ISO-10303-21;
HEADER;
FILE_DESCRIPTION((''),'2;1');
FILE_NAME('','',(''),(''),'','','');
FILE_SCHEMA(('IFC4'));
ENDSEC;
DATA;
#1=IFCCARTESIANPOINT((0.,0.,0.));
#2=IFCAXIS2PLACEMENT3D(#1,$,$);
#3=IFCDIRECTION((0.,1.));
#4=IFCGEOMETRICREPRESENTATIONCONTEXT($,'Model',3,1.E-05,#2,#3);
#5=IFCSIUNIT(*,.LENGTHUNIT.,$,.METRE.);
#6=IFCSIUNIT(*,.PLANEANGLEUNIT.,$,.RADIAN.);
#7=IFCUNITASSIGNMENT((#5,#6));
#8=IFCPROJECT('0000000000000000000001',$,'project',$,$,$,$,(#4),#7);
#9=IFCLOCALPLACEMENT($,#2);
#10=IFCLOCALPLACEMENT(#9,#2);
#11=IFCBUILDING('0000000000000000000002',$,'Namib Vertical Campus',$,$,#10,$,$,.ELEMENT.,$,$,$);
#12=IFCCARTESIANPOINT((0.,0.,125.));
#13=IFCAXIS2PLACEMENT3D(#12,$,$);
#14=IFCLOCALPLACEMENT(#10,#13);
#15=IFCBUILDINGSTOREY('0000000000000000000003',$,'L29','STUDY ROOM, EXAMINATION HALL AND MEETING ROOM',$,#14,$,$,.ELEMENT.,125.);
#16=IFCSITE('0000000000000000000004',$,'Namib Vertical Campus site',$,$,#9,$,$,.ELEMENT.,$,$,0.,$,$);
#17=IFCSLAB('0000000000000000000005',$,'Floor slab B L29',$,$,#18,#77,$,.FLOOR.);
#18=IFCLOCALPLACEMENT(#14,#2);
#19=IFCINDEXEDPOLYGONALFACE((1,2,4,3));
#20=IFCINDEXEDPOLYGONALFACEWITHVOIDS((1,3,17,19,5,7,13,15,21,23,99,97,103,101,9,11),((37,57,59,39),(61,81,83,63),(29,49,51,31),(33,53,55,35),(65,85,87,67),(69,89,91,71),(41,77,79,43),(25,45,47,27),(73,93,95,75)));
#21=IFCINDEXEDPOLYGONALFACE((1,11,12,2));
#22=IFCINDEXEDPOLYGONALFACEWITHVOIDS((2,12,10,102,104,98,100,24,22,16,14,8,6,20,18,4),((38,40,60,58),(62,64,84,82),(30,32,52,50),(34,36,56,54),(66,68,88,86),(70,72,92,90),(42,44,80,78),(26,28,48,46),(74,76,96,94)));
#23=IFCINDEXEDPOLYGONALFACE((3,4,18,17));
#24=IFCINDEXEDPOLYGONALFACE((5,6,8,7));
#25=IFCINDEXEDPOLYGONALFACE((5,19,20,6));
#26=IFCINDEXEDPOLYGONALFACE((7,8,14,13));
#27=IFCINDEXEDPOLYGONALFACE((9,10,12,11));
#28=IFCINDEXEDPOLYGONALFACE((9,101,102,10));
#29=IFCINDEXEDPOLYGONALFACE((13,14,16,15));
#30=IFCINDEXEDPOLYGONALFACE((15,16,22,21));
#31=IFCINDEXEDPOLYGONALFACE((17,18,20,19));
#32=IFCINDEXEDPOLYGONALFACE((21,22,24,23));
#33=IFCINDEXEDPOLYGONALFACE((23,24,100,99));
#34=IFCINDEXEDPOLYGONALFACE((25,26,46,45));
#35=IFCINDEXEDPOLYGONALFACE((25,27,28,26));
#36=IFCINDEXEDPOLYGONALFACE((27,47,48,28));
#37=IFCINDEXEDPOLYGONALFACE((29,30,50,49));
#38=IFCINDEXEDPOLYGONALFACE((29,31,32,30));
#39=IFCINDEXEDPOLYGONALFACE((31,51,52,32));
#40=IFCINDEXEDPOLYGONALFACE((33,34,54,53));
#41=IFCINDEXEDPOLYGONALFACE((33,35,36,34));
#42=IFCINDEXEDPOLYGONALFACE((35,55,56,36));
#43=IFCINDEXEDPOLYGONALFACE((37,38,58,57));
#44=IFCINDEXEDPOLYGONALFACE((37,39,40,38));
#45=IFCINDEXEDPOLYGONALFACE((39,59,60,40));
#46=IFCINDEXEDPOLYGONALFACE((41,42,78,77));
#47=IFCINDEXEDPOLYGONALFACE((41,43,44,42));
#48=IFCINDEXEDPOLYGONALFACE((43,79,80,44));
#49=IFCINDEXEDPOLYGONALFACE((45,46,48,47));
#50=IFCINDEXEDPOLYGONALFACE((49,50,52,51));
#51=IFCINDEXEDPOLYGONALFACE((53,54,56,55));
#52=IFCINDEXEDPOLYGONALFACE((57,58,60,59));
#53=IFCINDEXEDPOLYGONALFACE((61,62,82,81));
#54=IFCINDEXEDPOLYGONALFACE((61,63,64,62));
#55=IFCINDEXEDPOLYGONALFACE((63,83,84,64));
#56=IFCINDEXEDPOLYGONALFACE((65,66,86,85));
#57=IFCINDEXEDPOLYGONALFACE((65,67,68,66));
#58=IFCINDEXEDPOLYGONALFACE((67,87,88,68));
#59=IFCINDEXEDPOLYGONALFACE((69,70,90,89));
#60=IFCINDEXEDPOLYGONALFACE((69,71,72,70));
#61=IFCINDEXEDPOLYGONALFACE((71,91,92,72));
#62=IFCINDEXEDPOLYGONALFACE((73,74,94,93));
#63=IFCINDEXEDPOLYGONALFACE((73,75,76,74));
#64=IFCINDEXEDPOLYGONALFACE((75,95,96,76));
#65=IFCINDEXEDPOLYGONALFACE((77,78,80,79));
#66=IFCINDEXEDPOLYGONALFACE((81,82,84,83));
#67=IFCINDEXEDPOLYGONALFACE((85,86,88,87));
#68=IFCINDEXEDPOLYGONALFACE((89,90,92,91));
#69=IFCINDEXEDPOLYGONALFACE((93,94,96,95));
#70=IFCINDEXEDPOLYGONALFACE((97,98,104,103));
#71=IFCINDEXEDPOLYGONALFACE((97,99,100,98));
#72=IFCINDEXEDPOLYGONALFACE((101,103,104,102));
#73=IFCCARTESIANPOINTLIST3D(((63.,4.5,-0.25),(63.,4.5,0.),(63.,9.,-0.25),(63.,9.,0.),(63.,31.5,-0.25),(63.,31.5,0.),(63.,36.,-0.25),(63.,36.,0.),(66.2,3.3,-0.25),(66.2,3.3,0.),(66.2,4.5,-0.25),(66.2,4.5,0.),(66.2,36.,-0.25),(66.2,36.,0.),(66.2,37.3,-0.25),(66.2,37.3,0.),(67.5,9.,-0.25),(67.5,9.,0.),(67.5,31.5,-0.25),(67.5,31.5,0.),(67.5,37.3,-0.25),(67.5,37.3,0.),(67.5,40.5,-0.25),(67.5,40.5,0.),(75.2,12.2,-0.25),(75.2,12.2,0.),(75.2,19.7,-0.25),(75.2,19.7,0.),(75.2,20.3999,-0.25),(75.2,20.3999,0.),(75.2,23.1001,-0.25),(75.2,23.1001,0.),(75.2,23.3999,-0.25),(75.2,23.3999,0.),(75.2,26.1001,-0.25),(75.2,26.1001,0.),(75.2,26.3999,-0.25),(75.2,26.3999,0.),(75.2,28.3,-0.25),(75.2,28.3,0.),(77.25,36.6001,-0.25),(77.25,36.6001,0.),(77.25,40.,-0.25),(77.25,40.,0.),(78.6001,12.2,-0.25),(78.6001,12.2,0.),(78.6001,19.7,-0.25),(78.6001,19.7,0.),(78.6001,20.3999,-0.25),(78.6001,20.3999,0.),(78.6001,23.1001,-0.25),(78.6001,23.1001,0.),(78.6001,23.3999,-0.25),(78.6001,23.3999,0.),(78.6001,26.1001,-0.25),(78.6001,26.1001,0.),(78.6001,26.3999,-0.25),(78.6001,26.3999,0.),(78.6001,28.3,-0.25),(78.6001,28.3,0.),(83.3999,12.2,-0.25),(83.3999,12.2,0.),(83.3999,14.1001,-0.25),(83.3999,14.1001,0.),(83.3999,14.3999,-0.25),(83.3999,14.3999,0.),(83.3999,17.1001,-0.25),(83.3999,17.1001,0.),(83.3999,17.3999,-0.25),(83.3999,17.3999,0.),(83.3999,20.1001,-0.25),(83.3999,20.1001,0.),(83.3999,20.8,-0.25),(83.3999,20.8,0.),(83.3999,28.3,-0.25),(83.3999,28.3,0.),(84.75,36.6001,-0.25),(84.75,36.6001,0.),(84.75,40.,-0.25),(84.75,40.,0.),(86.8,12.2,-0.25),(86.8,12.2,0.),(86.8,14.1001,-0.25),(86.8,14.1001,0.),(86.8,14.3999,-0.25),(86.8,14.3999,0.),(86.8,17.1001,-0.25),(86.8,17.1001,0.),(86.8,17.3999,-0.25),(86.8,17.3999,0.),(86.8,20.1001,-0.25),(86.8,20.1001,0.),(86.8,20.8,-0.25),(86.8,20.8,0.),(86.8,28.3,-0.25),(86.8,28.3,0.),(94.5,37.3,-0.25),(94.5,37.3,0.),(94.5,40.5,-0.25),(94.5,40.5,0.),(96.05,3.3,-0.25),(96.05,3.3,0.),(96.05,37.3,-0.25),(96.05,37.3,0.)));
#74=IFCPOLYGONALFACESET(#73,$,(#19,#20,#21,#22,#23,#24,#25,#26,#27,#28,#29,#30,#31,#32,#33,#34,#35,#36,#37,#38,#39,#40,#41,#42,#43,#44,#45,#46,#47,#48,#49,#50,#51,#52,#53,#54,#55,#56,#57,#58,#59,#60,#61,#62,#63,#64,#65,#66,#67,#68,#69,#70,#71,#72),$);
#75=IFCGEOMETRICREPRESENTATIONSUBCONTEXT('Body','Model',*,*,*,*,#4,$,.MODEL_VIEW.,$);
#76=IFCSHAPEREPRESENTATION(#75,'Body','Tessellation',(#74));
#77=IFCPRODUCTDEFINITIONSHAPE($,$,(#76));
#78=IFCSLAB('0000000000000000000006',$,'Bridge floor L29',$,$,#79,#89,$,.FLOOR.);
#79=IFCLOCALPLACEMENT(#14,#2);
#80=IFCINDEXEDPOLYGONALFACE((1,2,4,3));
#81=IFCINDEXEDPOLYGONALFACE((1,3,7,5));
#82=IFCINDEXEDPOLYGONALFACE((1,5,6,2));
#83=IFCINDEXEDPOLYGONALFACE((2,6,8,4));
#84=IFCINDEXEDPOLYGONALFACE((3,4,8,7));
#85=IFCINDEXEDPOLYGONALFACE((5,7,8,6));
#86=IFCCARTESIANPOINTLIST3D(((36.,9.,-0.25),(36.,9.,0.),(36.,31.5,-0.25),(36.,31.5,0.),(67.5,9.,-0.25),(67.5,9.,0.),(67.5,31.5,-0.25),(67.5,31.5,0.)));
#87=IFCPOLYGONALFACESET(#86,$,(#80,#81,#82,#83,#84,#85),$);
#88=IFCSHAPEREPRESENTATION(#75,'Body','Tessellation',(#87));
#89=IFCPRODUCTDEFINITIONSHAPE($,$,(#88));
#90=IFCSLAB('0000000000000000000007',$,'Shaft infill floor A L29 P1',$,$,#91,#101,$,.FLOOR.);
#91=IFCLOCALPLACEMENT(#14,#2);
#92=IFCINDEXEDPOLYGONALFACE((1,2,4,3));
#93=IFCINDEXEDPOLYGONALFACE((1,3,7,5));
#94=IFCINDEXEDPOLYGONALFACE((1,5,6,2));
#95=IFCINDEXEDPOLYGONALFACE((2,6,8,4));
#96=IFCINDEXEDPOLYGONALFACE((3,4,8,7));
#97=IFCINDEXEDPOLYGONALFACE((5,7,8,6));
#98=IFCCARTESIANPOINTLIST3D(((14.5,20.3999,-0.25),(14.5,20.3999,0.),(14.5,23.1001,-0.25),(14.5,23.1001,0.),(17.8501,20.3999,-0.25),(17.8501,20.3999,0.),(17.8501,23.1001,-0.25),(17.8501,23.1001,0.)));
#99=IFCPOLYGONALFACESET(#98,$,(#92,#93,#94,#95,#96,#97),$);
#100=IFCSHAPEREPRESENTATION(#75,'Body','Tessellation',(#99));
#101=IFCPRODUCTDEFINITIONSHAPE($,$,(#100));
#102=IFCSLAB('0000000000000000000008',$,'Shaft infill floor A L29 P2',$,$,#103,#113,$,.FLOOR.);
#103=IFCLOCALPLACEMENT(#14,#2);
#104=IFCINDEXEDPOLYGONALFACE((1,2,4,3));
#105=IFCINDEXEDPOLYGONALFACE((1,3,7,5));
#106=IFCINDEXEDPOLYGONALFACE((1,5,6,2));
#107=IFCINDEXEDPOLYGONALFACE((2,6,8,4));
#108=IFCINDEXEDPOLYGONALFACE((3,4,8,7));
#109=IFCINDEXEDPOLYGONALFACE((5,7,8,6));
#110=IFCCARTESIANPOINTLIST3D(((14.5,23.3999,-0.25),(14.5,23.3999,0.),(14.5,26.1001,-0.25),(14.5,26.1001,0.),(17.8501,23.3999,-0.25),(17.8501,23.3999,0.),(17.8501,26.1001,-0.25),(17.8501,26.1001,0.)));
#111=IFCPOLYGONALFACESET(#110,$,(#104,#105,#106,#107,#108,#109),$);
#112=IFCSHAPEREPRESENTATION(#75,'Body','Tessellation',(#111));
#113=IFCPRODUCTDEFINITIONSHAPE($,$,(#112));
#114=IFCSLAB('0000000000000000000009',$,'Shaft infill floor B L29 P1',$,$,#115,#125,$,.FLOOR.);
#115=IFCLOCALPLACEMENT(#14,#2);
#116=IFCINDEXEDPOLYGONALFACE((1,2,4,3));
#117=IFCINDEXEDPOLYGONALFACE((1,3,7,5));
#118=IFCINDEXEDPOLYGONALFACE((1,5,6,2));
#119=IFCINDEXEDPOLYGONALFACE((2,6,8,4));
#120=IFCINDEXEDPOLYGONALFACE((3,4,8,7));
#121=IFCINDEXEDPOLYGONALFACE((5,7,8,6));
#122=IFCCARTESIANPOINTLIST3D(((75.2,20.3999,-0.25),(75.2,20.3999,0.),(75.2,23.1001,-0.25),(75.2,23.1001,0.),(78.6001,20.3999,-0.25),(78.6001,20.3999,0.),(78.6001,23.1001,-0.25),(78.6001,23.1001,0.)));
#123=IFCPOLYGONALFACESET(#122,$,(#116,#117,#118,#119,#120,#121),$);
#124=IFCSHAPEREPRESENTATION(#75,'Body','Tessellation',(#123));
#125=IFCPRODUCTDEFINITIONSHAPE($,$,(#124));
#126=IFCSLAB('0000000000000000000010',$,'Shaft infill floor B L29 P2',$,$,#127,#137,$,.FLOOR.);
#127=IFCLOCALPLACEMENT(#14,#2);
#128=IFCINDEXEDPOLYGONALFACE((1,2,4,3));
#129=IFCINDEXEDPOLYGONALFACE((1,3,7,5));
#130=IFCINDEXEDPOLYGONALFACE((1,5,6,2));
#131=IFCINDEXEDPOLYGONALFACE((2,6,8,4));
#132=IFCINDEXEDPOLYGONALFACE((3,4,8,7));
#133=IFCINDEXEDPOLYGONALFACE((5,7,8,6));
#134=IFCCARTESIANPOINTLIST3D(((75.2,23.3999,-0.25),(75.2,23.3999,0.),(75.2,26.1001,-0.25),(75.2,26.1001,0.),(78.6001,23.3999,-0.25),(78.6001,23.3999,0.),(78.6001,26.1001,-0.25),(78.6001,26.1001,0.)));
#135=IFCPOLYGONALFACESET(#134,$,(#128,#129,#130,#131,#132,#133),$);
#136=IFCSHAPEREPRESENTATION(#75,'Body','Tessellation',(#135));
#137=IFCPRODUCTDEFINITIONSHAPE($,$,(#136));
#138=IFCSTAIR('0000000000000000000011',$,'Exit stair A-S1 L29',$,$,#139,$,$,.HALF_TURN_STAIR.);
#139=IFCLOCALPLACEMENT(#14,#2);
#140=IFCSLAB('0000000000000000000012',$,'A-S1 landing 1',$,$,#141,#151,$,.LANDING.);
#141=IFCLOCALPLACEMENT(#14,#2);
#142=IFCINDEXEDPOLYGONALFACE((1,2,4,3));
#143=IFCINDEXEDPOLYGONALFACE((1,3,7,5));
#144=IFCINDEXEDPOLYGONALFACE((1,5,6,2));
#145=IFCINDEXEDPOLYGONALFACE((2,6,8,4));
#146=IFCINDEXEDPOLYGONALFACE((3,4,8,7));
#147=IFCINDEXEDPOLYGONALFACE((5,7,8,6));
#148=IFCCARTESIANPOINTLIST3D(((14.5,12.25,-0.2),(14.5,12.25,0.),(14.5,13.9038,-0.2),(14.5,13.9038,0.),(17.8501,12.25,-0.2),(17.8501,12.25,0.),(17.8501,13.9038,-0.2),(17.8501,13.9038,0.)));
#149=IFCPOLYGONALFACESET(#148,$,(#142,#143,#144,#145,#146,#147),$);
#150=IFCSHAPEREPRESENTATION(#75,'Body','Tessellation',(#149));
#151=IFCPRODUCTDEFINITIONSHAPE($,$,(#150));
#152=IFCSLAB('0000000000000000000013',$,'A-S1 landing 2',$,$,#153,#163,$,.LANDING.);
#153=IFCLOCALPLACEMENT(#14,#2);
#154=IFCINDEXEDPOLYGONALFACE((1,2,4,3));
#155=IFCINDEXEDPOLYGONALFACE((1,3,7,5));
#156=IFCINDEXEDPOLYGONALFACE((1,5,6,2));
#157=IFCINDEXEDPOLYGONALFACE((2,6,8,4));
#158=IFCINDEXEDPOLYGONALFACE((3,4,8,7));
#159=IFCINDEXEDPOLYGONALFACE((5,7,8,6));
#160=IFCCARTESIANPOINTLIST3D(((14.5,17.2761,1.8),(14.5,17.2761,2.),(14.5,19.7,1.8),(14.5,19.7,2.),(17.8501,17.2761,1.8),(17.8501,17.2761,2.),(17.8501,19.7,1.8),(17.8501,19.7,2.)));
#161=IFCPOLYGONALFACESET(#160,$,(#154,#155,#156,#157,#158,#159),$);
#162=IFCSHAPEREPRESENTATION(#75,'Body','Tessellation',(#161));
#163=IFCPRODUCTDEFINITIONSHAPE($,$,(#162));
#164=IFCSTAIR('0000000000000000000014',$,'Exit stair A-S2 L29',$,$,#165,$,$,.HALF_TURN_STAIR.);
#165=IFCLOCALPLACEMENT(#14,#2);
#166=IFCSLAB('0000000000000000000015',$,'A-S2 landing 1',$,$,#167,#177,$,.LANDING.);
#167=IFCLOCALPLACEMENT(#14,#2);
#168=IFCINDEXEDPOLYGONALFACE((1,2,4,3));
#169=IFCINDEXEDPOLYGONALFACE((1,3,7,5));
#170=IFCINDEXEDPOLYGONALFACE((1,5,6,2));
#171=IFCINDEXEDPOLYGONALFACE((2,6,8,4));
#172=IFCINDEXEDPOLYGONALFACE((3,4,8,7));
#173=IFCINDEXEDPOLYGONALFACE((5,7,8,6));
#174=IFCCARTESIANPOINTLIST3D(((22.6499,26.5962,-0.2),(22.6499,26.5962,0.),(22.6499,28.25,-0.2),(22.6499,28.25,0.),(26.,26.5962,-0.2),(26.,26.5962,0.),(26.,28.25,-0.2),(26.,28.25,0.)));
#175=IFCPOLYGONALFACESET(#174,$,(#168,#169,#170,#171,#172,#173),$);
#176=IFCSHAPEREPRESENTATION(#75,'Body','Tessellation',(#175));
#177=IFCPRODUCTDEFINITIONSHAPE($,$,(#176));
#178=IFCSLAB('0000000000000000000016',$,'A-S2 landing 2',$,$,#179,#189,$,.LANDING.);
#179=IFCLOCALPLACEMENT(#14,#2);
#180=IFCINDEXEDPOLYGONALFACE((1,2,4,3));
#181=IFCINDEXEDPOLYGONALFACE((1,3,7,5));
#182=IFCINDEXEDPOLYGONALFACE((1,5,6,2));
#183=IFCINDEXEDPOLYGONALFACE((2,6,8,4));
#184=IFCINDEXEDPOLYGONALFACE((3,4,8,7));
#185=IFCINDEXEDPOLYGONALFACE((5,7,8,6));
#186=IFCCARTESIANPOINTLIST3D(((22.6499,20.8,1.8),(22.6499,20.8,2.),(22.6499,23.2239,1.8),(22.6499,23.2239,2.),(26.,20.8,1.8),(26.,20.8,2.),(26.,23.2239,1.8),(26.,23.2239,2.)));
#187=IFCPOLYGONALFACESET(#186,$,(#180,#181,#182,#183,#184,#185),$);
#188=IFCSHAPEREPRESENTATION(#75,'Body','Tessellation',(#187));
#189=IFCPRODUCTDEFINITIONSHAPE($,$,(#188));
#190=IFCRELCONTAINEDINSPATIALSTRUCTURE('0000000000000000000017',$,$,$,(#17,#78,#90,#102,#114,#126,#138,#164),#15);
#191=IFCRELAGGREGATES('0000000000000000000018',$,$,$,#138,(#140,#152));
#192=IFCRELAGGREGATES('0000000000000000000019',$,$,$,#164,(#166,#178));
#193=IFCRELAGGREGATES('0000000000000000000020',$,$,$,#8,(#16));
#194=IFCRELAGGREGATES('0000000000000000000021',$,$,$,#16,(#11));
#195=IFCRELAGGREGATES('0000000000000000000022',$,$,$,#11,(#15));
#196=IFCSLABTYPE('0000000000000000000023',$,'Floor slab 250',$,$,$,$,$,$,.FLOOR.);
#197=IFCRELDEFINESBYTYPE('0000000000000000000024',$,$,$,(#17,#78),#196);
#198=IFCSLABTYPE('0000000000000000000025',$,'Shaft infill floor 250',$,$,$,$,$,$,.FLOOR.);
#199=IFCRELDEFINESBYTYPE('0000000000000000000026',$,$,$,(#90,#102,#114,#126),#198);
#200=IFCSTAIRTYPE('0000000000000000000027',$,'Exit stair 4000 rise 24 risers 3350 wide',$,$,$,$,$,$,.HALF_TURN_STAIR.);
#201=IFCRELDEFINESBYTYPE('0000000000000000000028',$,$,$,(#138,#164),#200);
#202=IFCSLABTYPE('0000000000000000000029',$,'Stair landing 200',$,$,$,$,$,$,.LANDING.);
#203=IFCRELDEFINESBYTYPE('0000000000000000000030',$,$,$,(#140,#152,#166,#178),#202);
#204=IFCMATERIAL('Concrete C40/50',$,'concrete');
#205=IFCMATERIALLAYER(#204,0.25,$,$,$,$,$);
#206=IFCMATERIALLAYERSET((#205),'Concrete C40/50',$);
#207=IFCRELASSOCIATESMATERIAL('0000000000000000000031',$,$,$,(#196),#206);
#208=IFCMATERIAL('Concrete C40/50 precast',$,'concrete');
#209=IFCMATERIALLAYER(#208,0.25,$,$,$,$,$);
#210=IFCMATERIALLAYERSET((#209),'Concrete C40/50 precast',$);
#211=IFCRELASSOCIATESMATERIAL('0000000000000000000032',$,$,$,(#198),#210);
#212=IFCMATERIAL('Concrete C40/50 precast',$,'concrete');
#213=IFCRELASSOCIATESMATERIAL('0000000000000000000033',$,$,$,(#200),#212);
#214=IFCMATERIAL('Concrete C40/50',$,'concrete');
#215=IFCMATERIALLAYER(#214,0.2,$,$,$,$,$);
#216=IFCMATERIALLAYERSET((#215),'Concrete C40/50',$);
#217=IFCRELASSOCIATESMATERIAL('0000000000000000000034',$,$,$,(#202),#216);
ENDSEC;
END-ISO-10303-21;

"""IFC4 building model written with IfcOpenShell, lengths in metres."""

from ifc_helpers import new_model, si_unit, direction, frame, origin, place, context, subcontext, project, spatial, polyline, outline, extrude, material, layer, layer_set, type_object, element, aggregate, save


model = new_model("IFC4")

# Units and contexts
model_context = context("Model", 3, precision=1e-05, world=origin(), true_north=direction((0.0, 1.0)))
body_context = subcontext(model_context, "Body", "Model", "MODEL_VIEW")
ifc_project = project(units=[si_unit("LENGTHUNIT", "METRE"), si_unit("PLANEANGLEUNIT", "RADIAN")], contexts=[model_context])

# Site, building, storey
site_placement = place(None, origin())
site = spatial("IfcSite", under=ifc_project, at=site_placement, Name="Namib Vertical Campus site", CompositionType="ELEMENT", RefElevation=0.0)
building_placement = place(site_placement, origin())
building = spatial("IfcBuilding", under=site, at=building_placement, Name="Namib Vertical Campus", CompositionType="ELEMENT")
storey_placement = place(building_placement, frame((0.0, 0.0, 125.0)))
storey = spatial("IfcBuildingStorey", under=building, at=storey_placement, Name="L29", Description="STUDY ROOM, EXAMINATION HALL AND MEETING ROOM", CompositionType="ELEMENT", Elevation=125.0)

# Slabs
ifc_material_1 = material(Name="Concrete C40/50", Category="concrete")
ifc_layer_1 = layer(ifc_material_1, 0.25)
ifc_layer_set_1 = layer_set([ifc_layer_1], Name="Concrete C40/50")
slab_type_1 = type_object("IfcSlabType", Name="Floor slab 250", PredefinedType="FLOOR", material=ifc_layer_set_1)
slab_1_placement = place(storey_placement, frame((0.0, 0.0, -0.25)))
element("IfcSlab", 1, at=slab_1_placement, inside=storey, type_object=slab_type_1, Name="Floor slab B L29", PredefinedType="FLOOR", context=body_context, shape_type="SweptSolid", body=[
    extrude(outline(polyline([(63.0, 9.0), (63.0, 4.5), (66.2, 4.5), (66.2, 3.3), (96.05, 3.3), (96.05, 37.3), (94.5, 37.3), (94.5, 40.5), (67.5, 40.5), (67.5, 37.3), (66.2, 37.3), (66.2, 36.0), (63.0, 36.0), (63.0, 31.5), (67.5, 31.5), (67.5, 9.0), (63.0, 9.0)]), holes=[polyline([(75.2, 12.2), (78.6001, 12.2), (78.6001, 19.7), (75.2, 19.7), (75.2, 12.2)]), polyline([(83.3999, 20.8), (86.8, 20.8), (86.8, 28.3), (83.3999, 28.3), (83.3999, 20.8)]), polyline([(83.3999, 12.2), (86.8, 12.2), (86.8, 14.1001), (83.3999, 14.1001), (83.3999, 12.2)]), polyline([(75.2, 20.3999), (78.6001, 20.3999), (78.6001, 23.1001), (75.2, 23.1001), (75.2, 20.3999)]), polyline([(75.2, 23.3999), (78.6001, 23.3999), (78.6001, 26.1001), (75.2, 26.1001), (75.2, 23.3999)]), polyline([(75.2, 26.3999), (78.6001, 26.3999), (78.6001, 28.3), (75.2, 28.3), (75.2, 26.3999)]), polyline([(83.3999, 14.3999), (86.8, 14.3999), (86.8, 17.1001), (83.3999, 17.1001), (83.3999, 14.3999)]), polyline([(83.3999, 17.3999), (86.8, 17.3999), (86.8, 20.1001), (83.3999, 20.1001), (83.3999, 17.3999)]), polyline([(77.25, 36.6001), (84.75, 36.6001), (84.75, 40.0), (77.25, 40.0), (77.25, 36.6001)])]), origin(), (0.0, 0.0, 1.0), 0.25),
])
slab_2_placement = place(storey_placement, frame((0.0, 0.0, -0.25)))
element("IfcSlab", 2, at=slab_2_placement, inside=storey, type_object=slab_type_1, Name="Bridge floor L29", PredefinedType="FLOOR", context=body_context, shape_type="SweptSolid", body=[
    extrude(outline(polyline([(36.0, 9.0), (67.5, 9.0), (67.5, 31.5), (36.0, 31.5), (36.0, 9.0)])), origin(), (0.0, 0.0, 1.0), 0.25),
])
ifc_material_2 = material(Name="Concrete C40/50 precast", Category="concrete")
ifc_layer_2 = layer(ifc_material_2, 0.25)
ifc_layer_set_2 = layer_set([ifc_layer_2], Name="Concrete C40/50 precast")
slab_type_2 = type_object("IfcSlabType", Name="Shaft infill floor 250", PredefinedType="FLOOR", material=ifc_layer_set_2)
slab_3_placement = place(storey_placement, frame((0.0, 0.0, -0.25)))
element("IfcSlab", 3, at=slab_3_placement, inside=storey, type_object=slab_type_2, Name="Shaft infill floor A L29 P1", PredefinedType="FLOOR", context=body_context, shape_type="SweptSolid", body=[
    extrude(outline(polyline([(14.5, 20.3999), (17.8501, 20.3999), (17.8501, 23.1001), (14.5, 23.1001), (14.5, 20.3999)])), origin(), (0.0, 0.0, 1.0), 0.25),
])
slab_4_placement = place(storey_placement, frame((0.0, 0.0, -0.25)))
element("IfcSlab", 4, at=slab_4_placement, inside=storey, type_object=slab_type_2, Name="Shaft infill floor A L29 P2", PredefinedType="FLOOR", context=body_context, shape_type="SweptSolid", body=[
    extrude(outline(polyline([(14.5, 23.3999), (17.8501, 23.3999), (17.8501, 26.1001), (14.5, 26.1001), (14.5, 23.3999)])), origin(), (0.0, 0.0, 1.0), 0.25),
])
slab_5_placement = place(storey_placement, frame((0.0, 0.0, -0.25)))
element("IfcSlab", 5, at=slab_5_placement, inside=storey, type_object=slab_type_2, Name="Shaft infill floor B L29 P1", PredefinedType="FLOOR", context=body_context, shape_type="SweptSolid", body=[
    extrude(outline(polyline([(75.2, 20.3999), (78.6001, 20.3999), (78.6001, 23.1001), (75.2, 23.1001), (75.2, 20.3999)])), origin(), (0.0, 0.0, 1.0), 0.25),
])
slab_6_placement = place(storey_placement, frame((0.0, 0.0, -0.25)))
element("IfcSlab", 6, at=slab_6_placement, inside=storey, type_object=slab_type_2, Name="Shaft infill floor B L29 P2", PredefinedType="FLOOR", context=body_context, shape_type="SweptSolid", body=[
    extrude(outline(polyline([(75.2, 23.3999), (78.6001, 23.3999), (78.6001, 26.1001), (75.2, 26.1001), (75.2, 23.3999)])), origin(), (0.0, 0.0, 1.0), 0.25),
])

# Stairs, slabs
ifc_material_3 = material(Name="Concrete C40/50 precast", Category="concrete")
stair_type_1 = type_object("IfcStairType", Name="Exit stair 4000 rise 24 risers 3350 wide", PredefinedType="HALF_TURN_STAIR", material=ifc_material_3)
stair_1_placement = place(storey_placement, origin())
stair_1 = element("IfcStair", 7, at=stair_1_placement, inside=storey, type_object=stair_type_1, Name="Exit stair A-S1 L29", PredefinedType="HALF_TURN_STAIR")
ifc_material_4 = material(Name="Concrete C40/50", Category="concrete")
ifc_layer_3 = layer(ifc_material_4, 0.2)
ifc_layer_set_3 = layer_set([ifc_layer_3], Name="Concrete C40/50")
slab_type_3 = type_object("IfcSlabType", Name="Stair landing 200", PredefinedType="LANDING", material=ifc_layer_set_3)
slab_7_placement = place(storey_placement, frame((0.0, 0.0, -0.2)))
slab_7 = element("IfcSlab", 8, at=slab_7_placement, type_object=slab_type_3, Name="A-S1 landing 1", PredefinedType="LANDING", context=body_context, shape_type="SweptSolid", body=[
    extrude(outline(polyline([(14.5, 12.25), (17.8501, 12.25), (17.8501, 13.9038), (14.5, 13.9038), (14.5, 12.25)])), origin(), (0.0, 0.0, 1.0), 0.2),
])
slab_8_placement = place(storey_placement, frame((0.0, 0.0, 1.8)))
slab_8 = element("IfcSlab", 9, at=slab_8_placement, type_object=slab_type_3, Name="A-S1 landing 2", PredefinedType="LANDING", context=body_context, shape_type="SweptSolid", body=[
    extrude(outline(polyline([(14.5, 17.2761), (17.8501, 17.2761), (17.8501, 19.7), (14.5, 19.7), (14.5, 17.2761)])), origin(), (0.0, 0.0, 1.0), 0.2),
])
aggregate(stair_1, [slab_7, slab_8])
stair_2_placement = place(storey_placement, origin())
stair_2 = element("IfcStair", 10, at=stair_2_placement, inside=storey, type_object=stair_type_1, Name="Exit stair A-S2 L29", PredefinedType="HALF_TURN_STAIR")
slab_9_placement = place(storey_placement, frame((0.0, 0.0, -0.2)))
slab_9 = element("IfcSlab", 11, at=slab_9_placement, type_object=slab_type_3, Name="A-S2 landing 1", PredefinedType="LANDING", context=body_context, shape_type="SweptSolid", body=[
    extrude(outline(polyline([(22.6499, 26.5962), (26.0, 26.5962), (26.0, 28.25), (22.6499, 28.25), (22.6499, 26.5962)])), origin(), (0.0, 0.0, 1.0), 0.2),
])
slab_10_placement = place(storey_placement, frame((0.0, 0.0, 1.8)))
slab_10 = element("IfcSlab", 12, at=slab_10_placement, type_object=slab_type_3, Name="A-S2 landing 2", PredefinedType="LANDING", context=body_context, shape_type="SweptSolid", body=[
    extrude(outline(polyline([(22.6499, 20.8), (26.0, 20.8), (26.0, 23.2239), (22.6499, 23.2239), (22.6499, 20.8)])), origin(), (0.0, 0.0, 1.0), 0.2),
])
aggregate(stair_2, [slab_9, slab_10])

save(model, "model.ifc")
